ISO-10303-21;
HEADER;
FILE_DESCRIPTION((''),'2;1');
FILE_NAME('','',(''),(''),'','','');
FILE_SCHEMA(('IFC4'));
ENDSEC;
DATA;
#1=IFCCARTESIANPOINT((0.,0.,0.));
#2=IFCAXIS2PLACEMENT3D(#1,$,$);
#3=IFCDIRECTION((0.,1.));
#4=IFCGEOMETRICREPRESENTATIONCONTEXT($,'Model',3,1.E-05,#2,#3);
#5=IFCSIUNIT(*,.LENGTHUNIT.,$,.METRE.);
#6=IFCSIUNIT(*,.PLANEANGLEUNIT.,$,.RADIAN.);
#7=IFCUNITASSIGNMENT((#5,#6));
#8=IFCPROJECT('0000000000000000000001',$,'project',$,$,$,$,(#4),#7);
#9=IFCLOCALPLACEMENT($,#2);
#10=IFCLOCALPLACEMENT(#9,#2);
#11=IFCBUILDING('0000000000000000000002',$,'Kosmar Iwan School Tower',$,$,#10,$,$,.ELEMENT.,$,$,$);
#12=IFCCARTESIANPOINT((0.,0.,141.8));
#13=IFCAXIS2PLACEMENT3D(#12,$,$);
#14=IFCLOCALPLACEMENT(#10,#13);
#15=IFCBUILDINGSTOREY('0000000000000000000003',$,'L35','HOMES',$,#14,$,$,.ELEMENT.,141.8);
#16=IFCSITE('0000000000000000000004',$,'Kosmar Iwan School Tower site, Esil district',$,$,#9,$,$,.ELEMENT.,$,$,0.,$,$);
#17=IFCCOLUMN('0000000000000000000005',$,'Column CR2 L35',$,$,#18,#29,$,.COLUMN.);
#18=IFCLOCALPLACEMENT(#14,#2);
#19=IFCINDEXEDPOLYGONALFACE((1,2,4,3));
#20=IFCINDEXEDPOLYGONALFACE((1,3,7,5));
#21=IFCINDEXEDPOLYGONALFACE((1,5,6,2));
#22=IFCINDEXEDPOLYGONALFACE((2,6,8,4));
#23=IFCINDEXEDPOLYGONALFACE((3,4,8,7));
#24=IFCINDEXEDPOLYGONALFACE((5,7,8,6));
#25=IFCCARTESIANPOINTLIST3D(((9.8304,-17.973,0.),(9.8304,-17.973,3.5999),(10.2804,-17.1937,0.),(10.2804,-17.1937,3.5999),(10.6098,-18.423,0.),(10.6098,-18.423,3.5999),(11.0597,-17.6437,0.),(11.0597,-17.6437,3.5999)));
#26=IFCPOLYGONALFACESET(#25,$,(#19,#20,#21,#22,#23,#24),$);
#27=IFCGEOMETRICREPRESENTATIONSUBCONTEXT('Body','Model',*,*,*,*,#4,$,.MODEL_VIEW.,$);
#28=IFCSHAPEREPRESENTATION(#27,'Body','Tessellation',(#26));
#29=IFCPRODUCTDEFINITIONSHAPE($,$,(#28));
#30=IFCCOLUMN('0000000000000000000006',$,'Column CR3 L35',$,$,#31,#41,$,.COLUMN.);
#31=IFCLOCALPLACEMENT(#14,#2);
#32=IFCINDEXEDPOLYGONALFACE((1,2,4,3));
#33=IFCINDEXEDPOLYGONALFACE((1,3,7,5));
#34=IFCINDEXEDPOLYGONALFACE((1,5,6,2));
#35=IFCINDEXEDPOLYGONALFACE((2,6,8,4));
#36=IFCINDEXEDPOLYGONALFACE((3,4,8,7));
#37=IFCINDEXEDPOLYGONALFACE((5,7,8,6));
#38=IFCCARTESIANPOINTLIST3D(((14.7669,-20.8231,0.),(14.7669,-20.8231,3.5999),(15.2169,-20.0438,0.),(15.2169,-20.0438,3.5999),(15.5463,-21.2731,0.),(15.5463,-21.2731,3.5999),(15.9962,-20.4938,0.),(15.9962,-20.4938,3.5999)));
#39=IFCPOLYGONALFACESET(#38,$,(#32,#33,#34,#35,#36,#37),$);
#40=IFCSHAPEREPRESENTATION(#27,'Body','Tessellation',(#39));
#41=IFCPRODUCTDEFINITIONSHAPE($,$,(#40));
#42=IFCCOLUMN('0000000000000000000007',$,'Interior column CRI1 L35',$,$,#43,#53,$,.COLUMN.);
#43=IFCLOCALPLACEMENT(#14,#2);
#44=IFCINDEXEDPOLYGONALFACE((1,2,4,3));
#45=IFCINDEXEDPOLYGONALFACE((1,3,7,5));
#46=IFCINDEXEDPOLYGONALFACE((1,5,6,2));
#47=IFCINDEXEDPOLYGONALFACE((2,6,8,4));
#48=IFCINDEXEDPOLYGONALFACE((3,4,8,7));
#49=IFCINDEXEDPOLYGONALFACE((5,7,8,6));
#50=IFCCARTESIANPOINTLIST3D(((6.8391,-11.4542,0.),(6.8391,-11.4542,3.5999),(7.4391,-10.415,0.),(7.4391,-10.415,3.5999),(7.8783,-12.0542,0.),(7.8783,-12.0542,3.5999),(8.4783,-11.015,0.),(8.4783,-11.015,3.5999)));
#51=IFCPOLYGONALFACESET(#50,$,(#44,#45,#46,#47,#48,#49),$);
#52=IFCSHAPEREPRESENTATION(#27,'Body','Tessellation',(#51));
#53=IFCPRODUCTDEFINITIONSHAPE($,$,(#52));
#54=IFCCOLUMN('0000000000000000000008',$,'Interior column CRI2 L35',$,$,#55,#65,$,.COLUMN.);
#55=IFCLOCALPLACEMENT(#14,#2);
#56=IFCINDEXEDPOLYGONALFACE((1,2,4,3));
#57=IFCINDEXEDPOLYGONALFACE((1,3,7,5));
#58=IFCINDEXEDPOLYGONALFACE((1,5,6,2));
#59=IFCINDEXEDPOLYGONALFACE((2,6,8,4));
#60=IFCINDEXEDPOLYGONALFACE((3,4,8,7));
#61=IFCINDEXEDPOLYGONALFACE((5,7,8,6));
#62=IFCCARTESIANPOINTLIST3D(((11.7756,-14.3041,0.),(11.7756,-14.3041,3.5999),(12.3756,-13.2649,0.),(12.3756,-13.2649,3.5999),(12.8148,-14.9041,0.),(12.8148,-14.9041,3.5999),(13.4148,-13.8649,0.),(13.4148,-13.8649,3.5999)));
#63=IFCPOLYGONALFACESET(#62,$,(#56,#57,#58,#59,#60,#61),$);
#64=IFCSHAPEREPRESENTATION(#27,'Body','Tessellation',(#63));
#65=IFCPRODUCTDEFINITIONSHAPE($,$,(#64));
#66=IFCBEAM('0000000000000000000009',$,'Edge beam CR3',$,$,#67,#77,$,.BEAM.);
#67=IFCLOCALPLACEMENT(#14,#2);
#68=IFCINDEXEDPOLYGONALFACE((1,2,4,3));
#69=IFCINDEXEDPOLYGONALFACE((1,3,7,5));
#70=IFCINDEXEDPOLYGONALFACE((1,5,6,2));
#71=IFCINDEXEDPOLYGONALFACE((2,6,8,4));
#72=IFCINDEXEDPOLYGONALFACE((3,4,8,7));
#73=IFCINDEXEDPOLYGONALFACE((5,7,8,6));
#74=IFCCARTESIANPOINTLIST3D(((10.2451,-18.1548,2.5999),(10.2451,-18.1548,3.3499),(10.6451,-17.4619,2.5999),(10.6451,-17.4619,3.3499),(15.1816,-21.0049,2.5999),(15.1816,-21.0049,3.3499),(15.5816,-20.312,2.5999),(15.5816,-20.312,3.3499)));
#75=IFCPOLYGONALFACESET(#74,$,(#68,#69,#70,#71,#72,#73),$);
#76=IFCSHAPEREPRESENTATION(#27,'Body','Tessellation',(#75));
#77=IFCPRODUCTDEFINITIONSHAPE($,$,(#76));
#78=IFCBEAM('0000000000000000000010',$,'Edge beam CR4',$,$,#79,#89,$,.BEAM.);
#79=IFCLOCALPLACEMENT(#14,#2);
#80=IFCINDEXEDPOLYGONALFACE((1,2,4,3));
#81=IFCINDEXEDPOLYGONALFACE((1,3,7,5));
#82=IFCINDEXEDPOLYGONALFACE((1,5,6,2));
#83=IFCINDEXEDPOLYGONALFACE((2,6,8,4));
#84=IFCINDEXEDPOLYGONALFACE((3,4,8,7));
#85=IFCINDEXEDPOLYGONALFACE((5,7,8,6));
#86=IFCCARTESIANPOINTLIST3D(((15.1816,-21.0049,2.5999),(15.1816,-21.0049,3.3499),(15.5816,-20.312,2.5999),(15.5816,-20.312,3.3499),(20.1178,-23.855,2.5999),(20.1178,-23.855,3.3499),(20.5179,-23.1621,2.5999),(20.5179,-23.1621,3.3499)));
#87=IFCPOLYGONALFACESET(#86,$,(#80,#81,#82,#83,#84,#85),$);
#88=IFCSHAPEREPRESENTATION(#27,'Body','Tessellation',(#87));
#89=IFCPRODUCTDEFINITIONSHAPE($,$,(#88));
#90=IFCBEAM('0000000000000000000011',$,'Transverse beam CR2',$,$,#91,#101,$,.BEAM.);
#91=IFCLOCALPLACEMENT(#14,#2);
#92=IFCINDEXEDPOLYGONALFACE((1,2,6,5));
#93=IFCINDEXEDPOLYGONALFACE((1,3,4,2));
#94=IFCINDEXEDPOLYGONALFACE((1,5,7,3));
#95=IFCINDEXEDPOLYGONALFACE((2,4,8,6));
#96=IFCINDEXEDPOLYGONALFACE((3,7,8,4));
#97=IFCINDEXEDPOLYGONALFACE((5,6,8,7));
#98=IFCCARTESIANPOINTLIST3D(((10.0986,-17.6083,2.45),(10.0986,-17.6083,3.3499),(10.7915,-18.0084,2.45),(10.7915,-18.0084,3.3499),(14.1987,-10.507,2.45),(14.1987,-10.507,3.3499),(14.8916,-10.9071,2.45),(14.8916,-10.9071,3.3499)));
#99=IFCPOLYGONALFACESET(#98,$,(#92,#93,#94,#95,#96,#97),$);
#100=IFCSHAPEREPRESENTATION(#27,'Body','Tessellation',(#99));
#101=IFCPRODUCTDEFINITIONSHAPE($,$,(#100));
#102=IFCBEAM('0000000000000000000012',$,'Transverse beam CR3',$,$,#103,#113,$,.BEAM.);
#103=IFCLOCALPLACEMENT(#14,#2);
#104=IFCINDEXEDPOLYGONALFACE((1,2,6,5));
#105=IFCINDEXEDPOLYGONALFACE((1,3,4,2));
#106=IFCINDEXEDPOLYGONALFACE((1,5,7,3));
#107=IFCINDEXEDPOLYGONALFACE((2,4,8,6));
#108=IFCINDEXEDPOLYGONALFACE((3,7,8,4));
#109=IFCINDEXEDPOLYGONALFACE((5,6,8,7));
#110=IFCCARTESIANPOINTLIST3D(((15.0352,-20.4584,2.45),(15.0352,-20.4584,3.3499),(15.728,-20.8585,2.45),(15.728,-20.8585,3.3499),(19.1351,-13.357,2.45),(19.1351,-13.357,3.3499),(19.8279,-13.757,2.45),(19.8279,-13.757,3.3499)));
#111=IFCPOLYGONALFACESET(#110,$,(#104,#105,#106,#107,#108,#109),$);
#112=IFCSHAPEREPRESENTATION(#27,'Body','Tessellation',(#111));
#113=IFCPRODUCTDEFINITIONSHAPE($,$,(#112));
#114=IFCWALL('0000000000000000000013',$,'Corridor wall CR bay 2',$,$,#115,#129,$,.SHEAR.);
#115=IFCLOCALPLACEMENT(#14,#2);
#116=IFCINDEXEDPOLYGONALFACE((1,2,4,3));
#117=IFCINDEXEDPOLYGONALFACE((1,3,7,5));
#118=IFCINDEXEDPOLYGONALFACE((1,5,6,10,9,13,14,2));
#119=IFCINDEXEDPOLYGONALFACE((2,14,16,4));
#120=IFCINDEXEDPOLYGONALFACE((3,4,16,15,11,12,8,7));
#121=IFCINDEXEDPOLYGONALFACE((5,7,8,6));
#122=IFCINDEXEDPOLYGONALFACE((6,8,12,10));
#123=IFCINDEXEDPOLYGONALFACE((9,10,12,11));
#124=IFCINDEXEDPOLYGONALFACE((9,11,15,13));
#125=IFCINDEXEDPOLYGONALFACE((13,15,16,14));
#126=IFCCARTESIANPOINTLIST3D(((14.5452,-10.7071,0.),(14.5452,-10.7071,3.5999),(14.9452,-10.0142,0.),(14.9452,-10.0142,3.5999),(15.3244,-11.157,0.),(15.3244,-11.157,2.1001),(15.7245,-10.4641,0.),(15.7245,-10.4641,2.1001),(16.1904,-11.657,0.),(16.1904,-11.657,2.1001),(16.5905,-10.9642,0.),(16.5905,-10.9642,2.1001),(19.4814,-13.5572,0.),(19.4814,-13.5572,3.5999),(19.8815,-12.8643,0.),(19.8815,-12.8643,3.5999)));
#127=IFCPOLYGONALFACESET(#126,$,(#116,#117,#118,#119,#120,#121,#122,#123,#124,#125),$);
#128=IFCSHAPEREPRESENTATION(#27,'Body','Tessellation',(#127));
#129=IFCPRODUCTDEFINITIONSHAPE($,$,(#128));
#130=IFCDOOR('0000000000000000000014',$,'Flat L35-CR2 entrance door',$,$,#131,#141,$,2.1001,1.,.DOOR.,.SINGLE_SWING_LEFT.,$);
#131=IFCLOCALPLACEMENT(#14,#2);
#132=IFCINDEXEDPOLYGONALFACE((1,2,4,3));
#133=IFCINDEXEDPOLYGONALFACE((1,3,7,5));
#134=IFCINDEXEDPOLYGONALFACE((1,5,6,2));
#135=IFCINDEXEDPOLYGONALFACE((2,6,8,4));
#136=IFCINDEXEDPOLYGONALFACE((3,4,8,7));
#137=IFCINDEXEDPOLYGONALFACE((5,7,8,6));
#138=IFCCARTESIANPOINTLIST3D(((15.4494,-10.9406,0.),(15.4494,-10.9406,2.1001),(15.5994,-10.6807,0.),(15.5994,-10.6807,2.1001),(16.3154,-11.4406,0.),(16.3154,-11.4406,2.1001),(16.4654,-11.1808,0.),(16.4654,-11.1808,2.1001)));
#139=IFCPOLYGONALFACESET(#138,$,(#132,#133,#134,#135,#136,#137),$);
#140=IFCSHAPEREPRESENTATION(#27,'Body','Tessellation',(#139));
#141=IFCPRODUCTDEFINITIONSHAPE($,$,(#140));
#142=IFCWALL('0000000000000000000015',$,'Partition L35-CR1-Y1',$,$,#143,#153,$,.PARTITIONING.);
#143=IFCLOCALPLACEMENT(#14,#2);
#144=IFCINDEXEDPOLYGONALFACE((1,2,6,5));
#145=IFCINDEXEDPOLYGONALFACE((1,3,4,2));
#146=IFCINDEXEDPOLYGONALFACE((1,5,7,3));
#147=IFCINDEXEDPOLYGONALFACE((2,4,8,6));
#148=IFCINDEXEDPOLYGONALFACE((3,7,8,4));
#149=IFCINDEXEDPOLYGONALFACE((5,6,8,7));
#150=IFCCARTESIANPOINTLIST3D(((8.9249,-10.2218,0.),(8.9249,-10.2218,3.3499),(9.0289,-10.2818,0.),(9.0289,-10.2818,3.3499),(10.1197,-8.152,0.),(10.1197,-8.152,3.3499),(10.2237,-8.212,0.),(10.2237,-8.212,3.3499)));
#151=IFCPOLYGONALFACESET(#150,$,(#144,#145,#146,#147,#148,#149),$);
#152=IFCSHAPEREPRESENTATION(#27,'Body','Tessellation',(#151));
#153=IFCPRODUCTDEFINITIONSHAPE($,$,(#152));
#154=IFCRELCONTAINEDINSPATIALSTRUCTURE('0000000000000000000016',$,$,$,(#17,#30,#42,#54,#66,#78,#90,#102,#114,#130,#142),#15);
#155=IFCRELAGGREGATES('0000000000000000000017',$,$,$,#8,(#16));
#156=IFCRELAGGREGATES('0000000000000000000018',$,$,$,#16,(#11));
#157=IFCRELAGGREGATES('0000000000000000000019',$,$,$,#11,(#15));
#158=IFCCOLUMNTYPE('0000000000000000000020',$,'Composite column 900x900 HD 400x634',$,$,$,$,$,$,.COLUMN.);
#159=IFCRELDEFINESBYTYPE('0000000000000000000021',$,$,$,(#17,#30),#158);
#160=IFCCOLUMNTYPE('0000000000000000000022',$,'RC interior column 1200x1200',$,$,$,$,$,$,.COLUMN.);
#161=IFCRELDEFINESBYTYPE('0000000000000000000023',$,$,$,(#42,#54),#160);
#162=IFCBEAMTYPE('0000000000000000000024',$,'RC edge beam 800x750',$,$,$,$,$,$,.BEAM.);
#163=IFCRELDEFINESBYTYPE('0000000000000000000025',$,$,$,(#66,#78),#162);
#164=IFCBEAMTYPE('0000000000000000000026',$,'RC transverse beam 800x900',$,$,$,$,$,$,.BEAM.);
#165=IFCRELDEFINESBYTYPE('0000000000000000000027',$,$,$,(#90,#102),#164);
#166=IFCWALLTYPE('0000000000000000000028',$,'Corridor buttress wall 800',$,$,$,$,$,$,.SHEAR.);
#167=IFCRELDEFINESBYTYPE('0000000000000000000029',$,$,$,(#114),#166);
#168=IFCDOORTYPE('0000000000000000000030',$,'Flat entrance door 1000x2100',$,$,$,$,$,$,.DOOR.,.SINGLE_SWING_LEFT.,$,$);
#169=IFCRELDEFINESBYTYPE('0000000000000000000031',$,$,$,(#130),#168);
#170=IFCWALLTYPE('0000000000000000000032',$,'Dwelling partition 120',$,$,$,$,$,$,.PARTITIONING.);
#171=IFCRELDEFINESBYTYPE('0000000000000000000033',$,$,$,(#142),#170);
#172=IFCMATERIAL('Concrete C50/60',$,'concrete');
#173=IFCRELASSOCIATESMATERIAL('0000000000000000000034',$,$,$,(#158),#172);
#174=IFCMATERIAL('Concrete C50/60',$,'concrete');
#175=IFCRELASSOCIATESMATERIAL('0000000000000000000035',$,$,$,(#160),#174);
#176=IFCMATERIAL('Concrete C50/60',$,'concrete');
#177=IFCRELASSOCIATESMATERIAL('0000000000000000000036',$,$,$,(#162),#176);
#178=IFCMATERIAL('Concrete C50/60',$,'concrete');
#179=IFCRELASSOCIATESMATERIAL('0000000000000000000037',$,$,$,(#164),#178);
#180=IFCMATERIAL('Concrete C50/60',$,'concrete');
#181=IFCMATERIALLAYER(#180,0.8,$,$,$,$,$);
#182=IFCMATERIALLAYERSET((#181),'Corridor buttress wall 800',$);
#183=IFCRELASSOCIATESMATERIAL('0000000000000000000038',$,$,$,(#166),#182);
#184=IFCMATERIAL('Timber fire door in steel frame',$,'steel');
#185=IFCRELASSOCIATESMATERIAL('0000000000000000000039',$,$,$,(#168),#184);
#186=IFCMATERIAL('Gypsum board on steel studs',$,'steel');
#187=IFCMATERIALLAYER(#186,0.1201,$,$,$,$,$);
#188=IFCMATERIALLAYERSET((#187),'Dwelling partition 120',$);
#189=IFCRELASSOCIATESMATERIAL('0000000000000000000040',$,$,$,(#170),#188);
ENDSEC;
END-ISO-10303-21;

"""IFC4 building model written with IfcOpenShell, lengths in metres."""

from ifc_helpers import new_model, si_unit, direction, frame, frame_2d, origin, origin_2d, place, context, subcontext, project, spatial, rectangle, extrude, material, layer, layer_set, material_profile, profile_set, type_object, element, fill, save


model = new_model("IFC4")

# Units and contexts
model_context = context("Model", 3, precision=1e-05, world=origin(), true_north=direction((0.0, 1.0)))
body_context = subcontext(model_context, "Body", "Model", "MODEL_VIEW")
ifc_project = project(units=[si_unit("LENGTHUNIT", "METRE"), si_unit("PLANEANGLEUNIT", "RADIAN")], contexts=[model_context])

# Site, building, storey
site_placement = place(None, origin())
site = spatial("IfcSite", under=ifc_project, at=site_placement, Name="Kosmar Iwan School Tower site, Esil district", CompositionType="ELEMENT", RefElevation=0.0)
building_placement = place(site_placement, origin())
building = spatial("IfcBuilding", under=site, at=building_placement, Name="Kosmar Iwan School Tower", CompositionType="ELEMENT")
storey_placement = place(building_placement, frame((0.0, 0.0, 141.8)))
storey = spatial("IfcBuildingStorey", under=building, at=storey_placement, Name="L35", Description="HOMES", CompositionType="ELEMENT", Elevation=141.8)

# Columns
ifc_material_1 = material(Name="Concrete C50/60", Category="concrete")
ifc_material_profile_1 = material_profile(ifc_material_1, rectangle(XDim=0.8999, YDim=0.8999, at=origin_2d()), Name="RC 900x900 + HD 400x634")
ifc_profile_set_1 = profile_set([ifc_material_profile_1], Name="Concrete C50/60")
column_type_1 = type_object("IfcColumnType", Name="Composite column 900x900 HD 400x634", PredefinedType="COLUMN", material=ifc_profile_set_1)
for number, where, z_axis, x_axis, name in (
    (1, (10.4451, -17.8083, 0.0), (0.0, 0.0, 1.0), (0.866025, -0.5, 0.0), "Column CR2 L35"),
    (2, (15.3816, -20.6584, 0.0), (0.0, 0.0, 1.0), (0.866025, -0.5, 0.0), "Column CR3 L35"),
):
    element("IfcColumn", number, at=place(storey_placement, frame(where, z_axis=z_axis, x_axis=x_axis)), inside=storey, type_object=column_type_1, Name=name, PredefinedType="COLUMN", context=body_context, shape_type="SweptSolid", body=[
        extrude(rectangle(XDim=0.8999, YDim=0.8999, at=origin_2d()), origin(), (0.0, 0.0, 1.0), 3.5999),
    ])
ifc_material_2 = material(Name="Concrete C50/60", Category="concrete")
ifc_material_profile_2 = material_profile(ifc_material_2, rectangle(XDim=1.2, YDim=1.2, at=origin_2d()), Name="RC 1200x1200")
ifc_profile_set_2 = profile_set([ifc_material_profile_2], Name="Concrete C50/60")
column_type_2 = type_object("IfcColumnType", Name="RC interior column 1200x1200", PredefinedType="COLUMN", material=ifc_profile_set_2)
for number, where, z_axis, x_axis, name in (
    (3, (7.6587, -11.2346, 0.0), (0.0, 0.0, 1.0), (0.866025, -0.5, 0.0), "Interior column CRI1 L35"),
    (4, (12.5952, -14.0845, 0.0), (0.0, 0.0, 1.0), (0.866025, -0.5, 0.0), "Interior column CRI2 L35"),
):
    element("IfcColumn", number, at=place(storey_placement, frame(where, z_axis=z_axis, x_axis=x_axis)), inside=storey, type_object=column_type_2, Name=name, PredefinedType="COLUMN", context=body_context, shape_type="SweptSolid", body=[
        extrude(rectangle(XDim=1.2, YDim=1.2, at=origin_2d()), origin(), (0.0, 0.0, 1.0), 3.5999),
    ])

# Beams
ifc_material_3 = material(Name="Concrete C50/60", Category="concrete")
ifc_material_profile_3 = material_profile(ifc_material_3, rectangle(XDim=0.8, YDim=0.75, at=origin_2d()), Name="RC 800x750")
ifc_profile_set_3 = profile_set([ifc_material_profile_3], Name="Concrete C50/60")
beam_type_1 = type_object("IfcBeamType", Name="RC edge beam 800x750", PredefinedType="BEAM", material=ifc_profile_set_3)
beam_1_placement = place(storey_placement, frame((10.4451, -17.8083, 2.9749), z_axis=(0.866026, -0.499999, 0.0), x_axis=(0.499999, 0.866026, 0.0)))
element("IfcBeam", 5, at=beam_1_placement, inside=storey, type_object=beam_type_1, Name="Edge beam CR3", PredefinedType="BEAM", context=body_context, shape_type="SweptSolid", body=[
    extrude(rectangle(XDim=0.8, YDim=0.75, at=origin_2d()), origin(), (0.0, 0.0, 1.0), 5.7002),
])
beam_2_placement = place(storey_placement, frame((15.3816, -20.6584, 2.9749), z_axis=(0.866015, -0.500018, 0.0), x_axis=(0.500018, 0.866015, 0.0)))
element("IfcBeam", 6, at=beam_2_placement, inside=storey, type_object=beam_type_1, Name="Edge beam CR4", PredefinedType="BEAM", context=body_context, shape_type="SweptSolid", body=[
    extrude(rectangle(XDim=0.8, YDim=0.75, at=origin_2d()), origin(), (0.0, 0.0, 1.0), 5.7),
])
ifc_material_4 = material(Name="Concrete C50/60", Category="concrete")
ifc_material_profile_4 = material_profile(ifc_material_4, rectangle(XDim=0.8, YDim=0.8999, at=origin_2d()), Name="RC 800x900")
ifc_profile_set_4 = profile_set([ifc_material_profile_4], Name="Concrete C50/60")
beam_type_2 = type_object("IfcBeamType", Name="RC transverse beam 800x900", PredefinedType="BEAM", material=ifc_profile_set_4)
for number, where, z_axis, x_axis, name in (
    (7, (10.4451, -17.8083, 2.8999), (0.500014, 0.866018, 0.0), (-0.866018, 0.500014, 0.0), "Transverse beam CR2"),
    (8, (15.3816, -20.6584, 2.8999), (0.499991, 0.86603, 0.0), (-0.86603, 0.499991, 0.0), "Transverse beam CR3"),
):
    element("IfcBeam", number, at=place(storey_placement, frame(where, z_axis=z_axis, x_axis=x_axis)), inside=storey, type_object=beam_type_2, Name=name, PredefinedType="BEAM", context=body_context, shape_type="SweptSolid", body=[
        extrude(rectangle(XDim=0.8, YDim=0.8999, at=origin_2d()), origin(), (0.0, 0.0, 1.0), 8.2),
    ])

# Wall, opening, door
ifc_material_5 = material(Name="Concrete C50/60", Category="concrete")
ifc_layer_1 = layer(ifc_material_5, 0.8)
ifc_layer_set_1 = layer_set([ifc_layer_1], Name="Corridor buttress wall 800")
wall_type_1 = type_object("IfcWallType", Name="Corridor buttress wall 800", PredefinedType="SHEAR", material=ifc_layer_set_1)
wall_1_placement = place(storey_placement, frame((14.7451, -10.3606, 0.0), z_axis=(0.0, 0.0, 1.0), x_axis=(0.866015, -0.500018, 0.0)))
wall_1 = element("IfcWall", 9, at=wall_1_placement, inside=storey, type_object=wall_type_1, Name="Corridor wall CR bay 2", PredefinedType="SHEAR", context=body_context, shape_type="SweptSolid", body=[
    extrude(rectangle(XDim=5.7, YDim=0.8, at=frame_2d((2.8501, 0.0))), origin(), (0.0, 0.0, 1.0), 3.5999),
])
opening_1_placement = place(wall_1_placement, frame((0.8999, 0.0, 0.0)))
opening_1 = element("IfcOpeningElement", 10, at=opening_1_placement, cuts=wall_1, PredefinedType="OPENING", context=body_context, shape_type="SweptSolid", body=[
    extrude(rectangle(XDim=1.0, YDim=2.1001, at=frame_2d((0.5, 1.05))), frame((0.0, 0.4121, 0.0), z_axis=(0.0, -1.0, 0.0), x_axis=(1.0, 0.0, 0.0)), (0.0, 0.0, 1.0), 0.824),
])
ifc_material_6 = material(Name="Timber fire door in steel frame", Category="steel")
door_type_1 = type_object("IfcDoorType", Name="Flat entrance door 1000x2100", OperationType="SINGLE_SWING_LEFT", PredefinedType="DOOR", material=ifc_material_6)
door_1_placement = place(opening_1_placement, origin())
door_1 = element("IfcDoor", 11, at=door_1_placement, inside=storey, type_object=door_type_1, Name="Flat L35-CR2 entrance door", OperationType="SINGLE_SWING_LEFT", OverallHeight=2.1001, OverallWidth=1.0, PredefinedType="DOOR", context=body_context, shape_type="SweptSolid", body=[
    extrude(rectangle(XDim=1.0, YDim=2.1001, at=frame_2d((0.5, 1.05))), frame((0.0, 0.1499, 0.0), z_axis=(0.0, -1.0, 0.0), x_axis=(1.0, 0.0, 0.0)), (0.0, 0.0, 1.0), 0.3),
])
fill(opening_1, door_1)

# Wall
ifc_material_7 = material(Name="Gypsum board on steel studs", Category="steel")
ifc_layer_2 = layer(ifc_material_7, 0.1201)
ifc_layer_set_2 = layer_set([ifc_layer_2], Name="Dwelling partition 120")
wall_type_2 = type_object("IfcWallType", Name="Dwelling partition 120", PredefinedType="PARTITIONING", material=ifc_layer_set_2)
wall_2_placement = place(storey_placement, frame((10.1716, -8.1821, 0.0), z_axis=(0.0, 0.0, 1.0), x_axis=(-0.499941, -0.86606, 0.0)))
element("IfcWall", 12, at=wall_2_placement, inside=storey, type_object=wall_type_2, Name="Partition L35-CR1-Y1", PredefinedType="PARTITIONING", context=body_context, shape_type="SweptSolid", body=[
    extrude(rectangle(XDim=2.3899, YDim=0.1201, at=frame_2d((1.1948, 0.0))), origin(), (0.0, 0.0, 1.0), 3.3499),
])

save(model, "model.ifc")
